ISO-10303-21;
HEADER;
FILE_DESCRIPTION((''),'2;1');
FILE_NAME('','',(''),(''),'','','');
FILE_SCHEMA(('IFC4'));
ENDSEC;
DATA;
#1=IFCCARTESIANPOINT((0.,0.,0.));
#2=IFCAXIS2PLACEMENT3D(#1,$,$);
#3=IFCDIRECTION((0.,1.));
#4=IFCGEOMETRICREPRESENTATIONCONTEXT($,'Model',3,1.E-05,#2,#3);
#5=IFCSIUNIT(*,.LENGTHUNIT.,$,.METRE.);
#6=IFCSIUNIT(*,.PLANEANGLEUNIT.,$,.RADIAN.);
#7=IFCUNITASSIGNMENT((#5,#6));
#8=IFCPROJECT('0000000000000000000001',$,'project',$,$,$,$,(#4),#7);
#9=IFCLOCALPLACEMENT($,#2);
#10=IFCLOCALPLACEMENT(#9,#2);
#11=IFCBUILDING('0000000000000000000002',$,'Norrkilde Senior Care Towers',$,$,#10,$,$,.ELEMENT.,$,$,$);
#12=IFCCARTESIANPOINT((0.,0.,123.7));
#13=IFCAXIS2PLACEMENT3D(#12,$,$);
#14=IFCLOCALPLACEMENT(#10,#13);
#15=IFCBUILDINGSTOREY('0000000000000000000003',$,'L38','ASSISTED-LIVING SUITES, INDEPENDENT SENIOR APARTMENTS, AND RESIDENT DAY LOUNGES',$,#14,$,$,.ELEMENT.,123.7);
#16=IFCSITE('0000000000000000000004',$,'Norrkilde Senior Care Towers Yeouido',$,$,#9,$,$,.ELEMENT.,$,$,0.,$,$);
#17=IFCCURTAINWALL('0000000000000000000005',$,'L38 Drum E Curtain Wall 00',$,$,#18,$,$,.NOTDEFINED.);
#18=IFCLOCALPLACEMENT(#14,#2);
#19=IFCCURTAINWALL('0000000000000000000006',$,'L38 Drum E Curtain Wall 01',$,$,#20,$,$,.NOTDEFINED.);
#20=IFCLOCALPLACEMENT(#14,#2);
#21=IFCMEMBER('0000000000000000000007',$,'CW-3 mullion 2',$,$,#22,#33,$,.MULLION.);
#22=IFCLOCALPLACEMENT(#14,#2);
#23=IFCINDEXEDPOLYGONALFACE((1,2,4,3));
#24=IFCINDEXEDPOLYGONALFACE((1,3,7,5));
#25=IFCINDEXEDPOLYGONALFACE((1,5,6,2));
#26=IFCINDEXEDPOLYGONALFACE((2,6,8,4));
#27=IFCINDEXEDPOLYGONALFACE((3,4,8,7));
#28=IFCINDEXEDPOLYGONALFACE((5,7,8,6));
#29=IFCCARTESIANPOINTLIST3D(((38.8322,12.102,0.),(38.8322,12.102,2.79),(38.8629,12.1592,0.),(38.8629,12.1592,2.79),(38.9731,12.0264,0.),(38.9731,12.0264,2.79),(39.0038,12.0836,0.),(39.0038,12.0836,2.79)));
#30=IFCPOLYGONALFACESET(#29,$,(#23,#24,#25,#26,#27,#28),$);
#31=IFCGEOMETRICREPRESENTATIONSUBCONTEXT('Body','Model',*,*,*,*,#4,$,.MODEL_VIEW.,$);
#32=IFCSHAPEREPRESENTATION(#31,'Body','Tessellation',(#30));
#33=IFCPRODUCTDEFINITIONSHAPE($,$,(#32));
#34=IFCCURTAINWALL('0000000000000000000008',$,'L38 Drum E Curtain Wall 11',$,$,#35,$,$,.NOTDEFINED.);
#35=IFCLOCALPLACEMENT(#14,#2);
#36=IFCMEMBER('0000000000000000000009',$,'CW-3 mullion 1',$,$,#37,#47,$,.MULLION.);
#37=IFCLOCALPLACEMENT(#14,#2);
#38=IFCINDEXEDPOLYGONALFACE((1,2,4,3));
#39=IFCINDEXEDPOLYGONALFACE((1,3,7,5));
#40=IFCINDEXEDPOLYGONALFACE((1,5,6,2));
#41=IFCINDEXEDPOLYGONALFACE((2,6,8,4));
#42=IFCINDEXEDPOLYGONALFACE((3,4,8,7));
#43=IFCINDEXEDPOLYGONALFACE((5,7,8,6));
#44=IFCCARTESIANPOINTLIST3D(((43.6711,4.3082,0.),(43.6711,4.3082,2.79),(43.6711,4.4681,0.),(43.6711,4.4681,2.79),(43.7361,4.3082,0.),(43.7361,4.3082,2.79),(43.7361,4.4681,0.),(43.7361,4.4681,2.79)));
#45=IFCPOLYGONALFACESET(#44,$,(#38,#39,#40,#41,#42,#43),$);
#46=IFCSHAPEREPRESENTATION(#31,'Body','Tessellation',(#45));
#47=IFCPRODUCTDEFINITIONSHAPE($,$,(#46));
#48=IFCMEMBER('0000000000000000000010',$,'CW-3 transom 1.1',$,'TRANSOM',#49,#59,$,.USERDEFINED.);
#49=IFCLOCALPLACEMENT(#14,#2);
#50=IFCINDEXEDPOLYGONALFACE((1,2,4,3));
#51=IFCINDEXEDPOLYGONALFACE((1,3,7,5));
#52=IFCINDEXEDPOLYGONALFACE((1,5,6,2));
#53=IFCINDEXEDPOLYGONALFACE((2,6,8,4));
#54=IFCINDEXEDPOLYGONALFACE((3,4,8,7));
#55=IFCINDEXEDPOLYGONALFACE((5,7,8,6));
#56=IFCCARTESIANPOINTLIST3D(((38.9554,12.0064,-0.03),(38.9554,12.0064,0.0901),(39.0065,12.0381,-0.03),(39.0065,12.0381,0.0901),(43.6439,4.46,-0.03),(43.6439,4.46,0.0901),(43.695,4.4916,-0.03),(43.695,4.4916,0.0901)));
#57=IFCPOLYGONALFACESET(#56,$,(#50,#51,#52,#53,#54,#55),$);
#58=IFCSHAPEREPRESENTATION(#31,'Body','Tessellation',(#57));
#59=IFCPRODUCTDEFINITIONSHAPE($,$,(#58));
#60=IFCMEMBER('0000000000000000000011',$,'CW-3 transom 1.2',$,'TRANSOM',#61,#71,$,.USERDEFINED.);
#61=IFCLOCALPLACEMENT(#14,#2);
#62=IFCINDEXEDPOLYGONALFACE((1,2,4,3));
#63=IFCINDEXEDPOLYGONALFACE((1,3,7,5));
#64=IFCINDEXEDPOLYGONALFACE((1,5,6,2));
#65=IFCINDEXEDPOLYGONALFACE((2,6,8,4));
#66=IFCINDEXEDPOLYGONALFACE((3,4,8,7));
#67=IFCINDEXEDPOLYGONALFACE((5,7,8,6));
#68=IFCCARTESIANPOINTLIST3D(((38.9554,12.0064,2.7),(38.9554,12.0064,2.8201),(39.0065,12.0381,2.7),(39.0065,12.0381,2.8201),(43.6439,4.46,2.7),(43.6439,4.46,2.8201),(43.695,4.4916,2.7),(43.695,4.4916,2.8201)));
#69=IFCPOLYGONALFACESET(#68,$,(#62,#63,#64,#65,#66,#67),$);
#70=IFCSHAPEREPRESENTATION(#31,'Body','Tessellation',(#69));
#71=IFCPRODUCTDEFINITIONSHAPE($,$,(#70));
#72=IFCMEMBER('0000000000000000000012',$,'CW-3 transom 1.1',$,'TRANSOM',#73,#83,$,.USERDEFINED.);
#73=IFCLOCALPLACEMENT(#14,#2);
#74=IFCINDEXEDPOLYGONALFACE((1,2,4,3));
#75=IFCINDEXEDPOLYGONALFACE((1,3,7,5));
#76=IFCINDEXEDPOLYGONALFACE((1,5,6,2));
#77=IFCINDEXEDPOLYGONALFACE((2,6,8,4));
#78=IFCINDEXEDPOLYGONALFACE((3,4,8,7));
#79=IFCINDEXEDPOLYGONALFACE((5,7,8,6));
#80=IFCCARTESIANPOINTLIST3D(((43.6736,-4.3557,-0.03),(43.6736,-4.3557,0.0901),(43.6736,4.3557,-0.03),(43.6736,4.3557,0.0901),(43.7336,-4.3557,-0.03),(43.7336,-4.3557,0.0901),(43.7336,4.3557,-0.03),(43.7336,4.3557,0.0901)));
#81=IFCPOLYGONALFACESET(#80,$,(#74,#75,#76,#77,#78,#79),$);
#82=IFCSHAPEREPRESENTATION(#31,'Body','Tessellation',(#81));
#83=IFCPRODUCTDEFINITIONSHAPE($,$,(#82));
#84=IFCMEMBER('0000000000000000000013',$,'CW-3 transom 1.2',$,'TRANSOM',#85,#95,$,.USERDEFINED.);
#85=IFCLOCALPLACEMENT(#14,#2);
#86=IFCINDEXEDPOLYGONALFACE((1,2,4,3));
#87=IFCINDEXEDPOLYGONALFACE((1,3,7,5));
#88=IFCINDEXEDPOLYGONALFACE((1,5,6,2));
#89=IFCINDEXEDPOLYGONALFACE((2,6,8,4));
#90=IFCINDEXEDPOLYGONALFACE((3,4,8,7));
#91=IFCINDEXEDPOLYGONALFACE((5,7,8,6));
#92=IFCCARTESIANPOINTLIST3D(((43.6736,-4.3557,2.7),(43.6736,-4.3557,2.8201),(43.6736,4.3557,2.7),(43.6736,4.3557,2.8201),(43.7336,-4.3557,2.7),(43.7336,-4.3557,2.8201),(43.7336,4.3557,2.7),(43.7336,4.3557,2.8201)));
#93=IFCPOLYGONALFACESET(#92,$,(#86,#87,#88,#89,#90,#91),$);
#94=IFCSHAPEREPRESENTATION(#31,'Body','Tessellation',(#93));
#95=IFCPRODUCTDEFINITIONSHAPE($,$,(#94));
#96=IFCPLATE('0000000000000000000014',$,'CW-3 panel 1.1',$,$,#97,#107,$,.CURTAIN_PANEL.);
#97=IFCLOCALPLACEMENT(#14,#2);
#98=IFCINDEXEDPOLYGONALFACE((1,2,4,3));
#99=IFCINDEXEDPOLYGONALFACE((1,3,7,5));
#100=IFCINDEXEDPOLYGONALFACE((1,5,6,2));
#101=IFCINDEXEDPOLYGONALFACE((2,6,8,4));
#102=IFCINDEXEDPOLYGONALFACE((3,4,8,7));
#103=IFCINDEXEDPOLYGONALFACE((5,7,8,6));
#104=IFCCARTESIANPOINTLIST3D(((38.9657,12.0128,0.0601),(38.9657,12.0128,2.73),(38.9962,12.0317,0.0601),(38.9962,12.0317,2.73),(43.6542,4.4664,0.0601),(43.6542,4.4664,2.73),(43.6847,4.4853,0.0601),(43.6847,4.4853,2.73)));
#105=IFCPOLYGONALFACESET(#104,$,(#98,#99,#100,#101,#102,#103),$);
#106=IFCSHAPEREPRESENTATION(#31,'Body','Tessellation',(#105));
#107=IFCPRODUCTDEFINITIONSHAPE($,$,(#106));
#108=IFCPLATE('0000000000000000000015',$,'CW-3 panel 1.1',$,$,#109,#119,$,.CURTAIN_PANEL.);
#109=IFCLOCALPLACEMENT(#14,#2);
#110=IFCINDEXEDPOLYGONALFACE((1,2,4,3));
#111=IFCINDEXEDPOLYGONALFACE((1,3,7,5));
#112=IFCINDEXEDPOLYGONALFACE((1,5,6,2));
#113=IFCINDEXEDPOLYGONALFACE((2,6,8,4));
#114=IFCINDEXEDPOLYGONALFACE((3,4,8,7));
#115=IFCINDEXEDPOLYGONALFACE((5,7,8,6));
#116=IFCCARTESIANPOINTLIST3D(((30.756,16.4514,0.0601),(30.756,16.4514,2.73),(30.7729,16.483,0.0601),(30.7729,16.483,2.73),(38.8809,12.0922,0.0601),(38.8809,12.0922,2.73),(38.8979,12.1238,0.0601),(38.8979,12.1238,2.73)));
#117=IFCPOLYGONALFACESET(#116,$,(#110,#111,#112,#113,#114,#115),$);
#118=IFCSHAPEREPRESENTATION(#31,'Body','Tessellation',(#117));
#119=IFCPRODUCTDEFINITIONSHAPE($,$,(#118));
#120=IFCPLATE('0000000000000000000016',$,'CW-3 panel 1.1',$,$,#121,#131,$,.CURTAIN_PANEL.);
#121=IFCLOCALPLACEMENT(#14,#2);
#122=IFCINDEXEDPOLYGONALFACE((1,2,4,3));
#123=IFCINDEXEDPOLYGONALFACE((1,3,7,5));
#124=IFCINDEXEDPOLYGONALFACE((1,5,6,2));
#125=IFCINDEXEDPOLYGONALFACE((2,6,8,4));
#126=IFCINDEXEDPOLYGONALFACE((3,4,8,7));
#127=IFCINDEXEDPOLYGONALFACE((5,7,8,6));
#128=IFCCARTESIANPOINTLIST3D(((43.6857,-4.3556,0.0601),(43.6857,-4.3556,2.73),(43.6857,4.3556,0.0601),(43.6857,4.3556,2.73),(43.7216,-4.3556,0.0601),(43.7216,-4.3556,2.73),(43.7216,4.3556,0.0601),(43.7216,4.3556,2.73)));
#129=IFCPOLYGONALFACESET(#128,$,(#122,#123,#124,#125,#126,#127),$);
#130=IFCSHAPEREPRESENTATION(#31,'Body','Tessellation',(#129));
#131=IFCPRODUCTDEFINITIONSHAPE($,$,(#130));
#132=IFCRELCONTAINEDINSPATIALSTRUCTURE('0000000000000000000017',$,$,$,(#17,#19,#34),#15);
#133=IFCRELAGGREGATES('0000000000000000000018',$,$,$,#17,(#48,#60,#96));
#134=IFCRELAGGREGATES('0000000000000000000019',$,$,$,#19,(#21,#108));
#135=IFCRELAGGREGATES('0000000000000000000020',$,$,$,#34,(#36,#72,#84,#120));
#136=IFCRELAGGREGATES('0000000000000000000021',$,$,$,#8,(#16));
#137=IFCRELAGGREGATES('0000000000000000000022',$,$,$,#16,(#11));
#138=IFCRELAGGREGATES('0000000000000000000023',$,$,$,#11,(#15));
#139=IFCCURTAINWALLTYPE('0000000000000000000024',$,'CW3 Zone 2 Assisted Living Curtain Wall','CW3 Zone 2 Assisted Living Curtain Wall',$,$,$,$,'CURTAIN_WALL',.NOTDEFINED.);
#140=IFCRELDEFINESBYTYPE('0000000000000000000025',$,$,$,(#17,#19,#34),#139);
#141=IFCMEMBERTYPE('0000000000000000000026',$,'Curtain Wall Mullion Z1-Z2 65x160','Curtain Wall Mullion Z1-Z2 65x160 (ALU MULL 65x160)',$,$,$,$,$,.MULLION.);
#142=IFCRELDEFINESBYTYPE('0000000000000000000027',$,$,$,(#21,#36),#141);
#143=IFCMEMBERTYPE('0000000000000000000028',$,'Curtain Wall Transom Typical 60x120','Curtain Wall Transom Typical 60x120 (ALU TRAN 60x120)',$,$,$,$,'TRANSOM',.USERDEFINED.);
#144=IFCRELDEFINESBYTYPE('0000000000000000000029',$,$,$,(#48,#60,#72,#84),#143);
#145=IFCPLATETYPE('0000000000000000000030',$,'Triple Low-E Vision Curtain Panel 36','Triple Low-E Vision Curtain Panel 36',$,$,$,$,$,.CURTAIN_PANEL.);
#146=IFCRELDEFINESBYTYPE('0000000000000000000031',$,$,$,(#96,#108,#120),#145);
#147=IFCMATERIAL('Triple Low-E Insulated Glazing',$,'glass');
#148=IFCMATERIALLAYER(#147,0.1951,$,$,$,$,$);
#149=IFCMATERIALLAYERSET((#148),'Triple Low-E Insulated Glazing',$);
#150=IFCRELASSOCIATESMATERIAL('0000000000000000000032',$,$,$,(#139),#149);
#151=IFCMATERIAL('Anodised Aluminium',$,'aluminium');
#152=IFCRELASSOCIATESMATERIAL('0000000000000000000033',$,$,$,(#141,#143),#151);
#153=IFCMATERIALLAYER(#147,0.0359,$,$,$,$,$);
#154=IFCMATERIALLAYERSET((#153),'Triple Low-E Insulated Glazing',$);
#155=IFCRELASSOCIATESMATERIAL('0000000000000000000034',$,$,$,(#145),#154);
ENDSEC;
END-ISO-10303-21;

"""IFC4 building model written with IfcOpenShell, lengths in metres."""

from ifc_helpers import new_model, si_unit, direction, frame, origin, origin_2d, place, context, subcontext, project, spatial, rectangle, extrude, source, transform, mapped, material, layer, layer_set, material_profile, profile_set, type_object, type_shapes, element, aggregate, save


model = new_model("IFC4")

# Units and contexts
model_context = context("Model", 3, precision=1e-05, world=origin(), true_north=direction((0.0, 1.0)))
body_context = subcontext(model_context, "Body", "Model", "MODEL_VIEW")
ifc_project = project(units=[si_unit("LENGTHUNIT", "METRE"), si_unit("PLANEANGLEUNIT", "RADIAN")], contexts=[model_context])

# Site, building, storey
site_placement = place(None, origin())
site = spatial("IfcSite", under=ifc_project, at=site_placement, Name="Norrkilde Senior Care Towers Yeouido", CompositionType="ELEMENT", RefElevation=0.0)
building_placement = place(site_placement, origin())
building = spatial("IfcBuilding", under=site, at=building_placement, Name="Norrkilde Senior Care Towers", CompositionType="ELEMENT")
storey_placement = place(building_placement, frame((0.0, 0.0, 123.7)))
storey = spatial("IfcBuildingStorey", under=building, at=storey_placement, Name="L38", Description="ASSISTED-LIVING SUITES, INDEPENDENT SENIOR APARTMENTS, AND RESIDENT DAY LOUNGES", CompositionType="ELEMENT", Elevation=123.7)

# Curtain wall
ifc_material_1 = material(Name="Triple Low-E Insulated Glazing", Category="glass")
ifc_layer_1 = layer(ifc_material_1, 0.1951)
ifc_layer_set_1 = layer_set([ifc_layer_1], Name="Triple Low-E Insulated Glazing")
curtain_wall_type = type_object("IfcCurtainWallType", Name="CW3 Zone 2 Assisted Living Curtain Wall", Description="CW3 Zone 2 Assisted Living Curtain Wall", ElementType="CURTAIN_WALL", PredefinedType="NOTDEFINED", material=ifc_layer_set_1)
curtain_wall_1_placement = place(storey_placement, origin())
curtain_wall_1 = element("IfcCurtainWall", 1, at=curtain_wall_1_placement, inside=storey, type_object=curtain_wall_type, Name="L38 Drum E Curtain Wall 00", PredefinedType="NOTDEFINED")
ifc_material_2 = material(Name="Anodised Aluminium", Category="aluminium")
ifc_material_profile_1 = material_profile(ifc_material_2, rectangle(XDim=0.0649, YDim=0.1599, at=origin_2d()), Name="ALU MULL 65x160")
ifc_profile_set_1 = profile_set([ifc_material_profile_1], Name="Anodised Aluminium")
member_type_1 = type_object("IfcMemberType", Name="Curtain Wall Mullion Z1-Z2 65x160", Description="Curtain Wall Mullion Z1-Z2 65x160 (ALU MULL 65x160)", PredefinedType="MULLION", material=ifc_profile_set_1)
shared_shape_1 = source(origin(), body_context, "Body", "SweptSolid", [
    extrude(rectangle(XDim=0.0649, YDim=0.1599, at=origin_2d()), origin(), (0.0, 0.0, 1.0), 2.79),
])
type_shapes(member_type_1, [shared_shape_1])

# Curtain walls, members
curtain_wall_2_placement = place(storey_placement, origin())
curtain_wall_2 = element("IfcCurtainWall", 2, at=curtain_wall_2_placement, inside=storey, type_object=curtain_wall_type, Name="L38 Drum E Curtain Wall 01", PredefinedType="NOTDEFINED")
member_1_placement = place(storey_placement, frame((38.918, 12.0928, 0.0), z_axis=(0.0, 0.0, 1.0), x_axis=(0.472769, 0.881186, 0.0)))
member_1 = element("IfcMember", 3, at=member_1_placement, type_object=member_type_1, Name="CW-3 mullion 2", PredefinedType="MULLION", context=body_context, shape_type="MappedRepresentation", body=[
    mapped(shared_shape_1, transform((0.0, 0.0, 0.0), x_axis=(1.0, 0.0, 0.0), y_axis=(0.0, 1.0, 0.0), z_axis=(0.0, 0.0, 1.0), scale=1.0)),
])
curtain_wall_3_placement = place(storey_placement, origin())
curtain_wall_3 = element("IfcCurtainWall", 4, at=curtain_wall_3_placement, inside=storey, type_object=curtain_wall_type, Name="L38 Drum E Curtain Wall 11", PredefinedType="NOTDEFINED")
member_2_placement = place(storey_placement, frame((43.7036, 4.3882, 0.0), z_axis=(0.0, 0.0, 1.0), x_axis=(1.0, 0.0, 0.0)))
member_2 = element("IfcMember", 5, at=member_2_placement, type_object=member_type_1, Name="CW-3 mullion 1", PredefinedType="MULLION", context=body_context, shape_type="MappedRepresentation", body=[
    mapped(shared_shape_1, transform((0.0, 0.0, 0.0), x_axis=(1.0, 0.0, 0.0), y_axis=(0.0, 1.0, 0.0), z_axis=(0.0, 0.0, 1.0), scale=1.0)),
])

# Members
ifc_material_profile_2 = material_profile(ifc_material_2, rectangle(XDim=0.0601, YDim=0.1201, at=origin_2d()), Name="ALU TRAN 60x120")
ifc_profile_set_2 = profile_set([ifc_material_profile_2], Name="Anodised Aluminium")
member_type_2 = type_object("IfcMemberType", Name="Curtain Wall Transom Typical 60x120", Description="Curtain Wall Transom Typical 60x120 (ALU TRAN 60x120)", ElementType="TRANSOM", PredefinedType="USERDEFINED", material=ifc_profile_set_2)
shared_shape_2 = source(origin(), body_context, "Body", "SweptSolid", [
    extrude(rectangle(XDim=0.0601, YDim=0.1201, at=origin_2d()), origin(), (0.0, 0.0, 1.0), 8.8843),
])
member_3_placement = place(storey_placement, frame((38.981, 12.0222, 0.03), z_axis=(0.527729, -0.849413, 0.0), x_axis=(0.849413, 0.527729, 0.0)))
member_3 = element("IfcMember", 6, at=member_3_placement, type_object=member_type_2, Name="CW-3 transom 1.1", ObjectType="TRANSOM", PredefinedType="USERDEFINED", context=body_context, shape_type="MappedRepresentation", body=[
    mapped(shared_shape_2, transform((0.0, 0.0, 0.0), x_axis=(1.0, 0.0, 0.0), y_axis=(0.0, 1.0, 0.0), z_axis=(0.0, 0.0, 1.0), scale=1.0)),
])
member_4_placement = place(storey_placement, frame((38.981, 12.0222, 2.76), z_axis=(0.527729, -0.849413, 0.0), x_axis=(0.849413, 0.527729, 0.0)))
member_4 = element("IfcMember", 7, at=member_4_placement, type_object=member_type_2, Name="CW-3 transom 1.2", ObjectType="TRANSOM", PredefinedType="USERDEFINED", context=body_context, shape_type="MappedRepresentation", body=[
    mapped(shared_shape_2, transform((0.0, 0.0, 0.0), x_axis=(1.0, 0.0, 0.0), y_axis=(0.0, 1.0, 0.0), z_axis=(0.0, 0.0, 1.0), scale=1.0)),
])
shared_shape_3 = source(origin(), body_context, "Body", "SweptSolid", [
    extrude(rectangle(XDim=0.0601, YDim=0.1201, at=origin_2d()), origin(), (0.0, 0.0, 1.0), 8.7114),
])
type_shapes(member_type_2, [shared_shape_2, shared_shape_3])
member_5_placement = place(storey_placement, frame((43.7036, 4.3557, 0.03), z_axis=(0.0, -1.0, 0.0), x_axis=(1.0, 0.0, 0.0)))
member_5 = element("IfcMember", 8, at=member_5_placement, type_object=member_type_2, Name="CW-3 transom 1.1", ObjectType="TRANSOM", PredefinedType="USERDEFINED", context=body_context, shape_type="MappedRepresentation", body=[
    mapped(shared_shape_3, transform((0.0, 0.0, 0.0), x_axis=(1.0, 0.0, 0.0), y_axis=(0.0, 1.0, 0.0), z_axis=(0.0, 0.0, 1.0), scale=1.0)),
])
member_6_placement = place(storey_placement, frame((43.7036, 4.3557, 2.76), z_axis=(0.0, -1.0, 0.0), x_axis=(1.0, 0.0, 0.0)))
member_6 = element("IfcMember", 9, at=member_6_placement, type_object=member_type_2, Name="CW-3 transom 1.2", ObjectType="TRANSOM", PredefinedType="USERDEFINED", context=body_context, shape_type="MappedRepresentation", body=[
    mapped(shared_shape_3, transform((0.0, 0.0, 0.0), x_axis=(1.0, 0.0, 0.0), y_axis=(0.0, 1.0, 0.0), z_axis=(0.0, 0.0, 1.0), scale=1.0)),
])

# Plates
ifc_layer_2 = layer(ifc_material_1, 0.0359)
ifc_layer_set_2 = layer_set([ifc_layer_2], Name="Triple Low-E Insulated Glazing")
plate_type = type_object("IfcPlateType", Name="Triple Low-E Vision Curtain Panel 36", Description="Triple Low-E Vision Curtain Panel 36", PredefinedType="CURTAIN_PANEL", material=ifc_layer_set_2)
shared_shape_4 = source(origin(), body_context, "Body", "SweptSolid", [
    extrude(rectangle(XDim=8.8843, YDim=0.0359, at=origin_2d()), origin(), (0.0, 0.0, 1.0), 2.6699),
])
plate_1_placement = place(storey_placement, frame((41.3252, 8.249, 0.0601), z_axis=(0.0, 0.0, 1.0), x_axis=(0.527733, -0.84941, 0.0)))
plate_1 = element("IfcPlate", 10, at=plate_1_placement, type_object=plate_type, Name="CW-3 panel 1.1", PredefinedType="CURTAIN_PANEL", context=body_context, shape_type="MappedRepresentation", body=[
    mapped(shared_shape_4, transform((0.0, 0.0, 0.0), x_axis=(1.0, 0.0, 0.0), y_axis=(0.0, 1.0, 0.0), z_axis=(0.0, 0.0, 1.0), scale=1.0)),
])
aggregate(curtain_wall_1, [member_3, member_4, plate_1])
shared_shape_5 = source(origin(), body_context, "Body", "SweptSolid", [
    extrude(rectangle(XDim=9.2205, YDim=0.0359, at=origin_2d()), origin(), (0.0, 0.0, 1.0), 2.6699),
])
plate_2_placement = place(storey_placement, frame((34.8269, 14.2876, 0.0601), z_axis=(0.0, 0.0, 1.0), x_axis=(0.881186, -0.472769, 0.0)))
plate_2 = element("IfcPlate", 11, at=plate_2_placement, type_object=plate_type, Name="CW-3 panel 1.1", PredefinedType="CURTAIN_PANEL", context=body_context, shape_type="MappedRepresentation", body=[
    mapped(shared_shape_5, transform((0.0, 0.0, 0.0), x_axis=(1.0, 0.0, 0.0), y_axis=(0.0, 1.0, 0.0), z_axis=(0.0, 0.0, 1.0), scale=1.0)),
])
aggregate(curtain_wall_2, [member_1, plate_2])
shared_shape_6 = source(origin(), body_context, "Body", "SweptSolid", [
    extrude(rectangle(XDim=8.7112, YDim=0.0359, at=origin_2d()), origin(), (0.0, 0.0, 1.0), 2.6699),
])
type_shapes(plate_type, [shared_shape_4, shared_shape_5, shared_shape_6])
plate_3_placement = place(storey_placement, frame((43.7036, 0.0, 0.0601), z_axis=(0.0, 0.0, 1.0), x_axis=(0.0, -1.0, 0.0)))
plate_3 = element("IfcPlate", 12, at=plate_3_placement, type_object=plate_type, Name="CW-3 panel 1.1", PredefinedType="CURTAIN_PANEL", context=body_context, shape_type="MappedRepresentation", body=[
    mapped(shared_shape_6, transform((0.0, 0.0, 0.0), x_axis=(1.0, 0.0, 0.0), y_axis=(0.0, 1.0, 0.0), z_axis=(0.0, 0.0, 1.0), scale=1.0)),
])
aggregate(curtain_wall_3, [member_2, member_5, member_6, plate_3])

save(model, "model.ifc")
